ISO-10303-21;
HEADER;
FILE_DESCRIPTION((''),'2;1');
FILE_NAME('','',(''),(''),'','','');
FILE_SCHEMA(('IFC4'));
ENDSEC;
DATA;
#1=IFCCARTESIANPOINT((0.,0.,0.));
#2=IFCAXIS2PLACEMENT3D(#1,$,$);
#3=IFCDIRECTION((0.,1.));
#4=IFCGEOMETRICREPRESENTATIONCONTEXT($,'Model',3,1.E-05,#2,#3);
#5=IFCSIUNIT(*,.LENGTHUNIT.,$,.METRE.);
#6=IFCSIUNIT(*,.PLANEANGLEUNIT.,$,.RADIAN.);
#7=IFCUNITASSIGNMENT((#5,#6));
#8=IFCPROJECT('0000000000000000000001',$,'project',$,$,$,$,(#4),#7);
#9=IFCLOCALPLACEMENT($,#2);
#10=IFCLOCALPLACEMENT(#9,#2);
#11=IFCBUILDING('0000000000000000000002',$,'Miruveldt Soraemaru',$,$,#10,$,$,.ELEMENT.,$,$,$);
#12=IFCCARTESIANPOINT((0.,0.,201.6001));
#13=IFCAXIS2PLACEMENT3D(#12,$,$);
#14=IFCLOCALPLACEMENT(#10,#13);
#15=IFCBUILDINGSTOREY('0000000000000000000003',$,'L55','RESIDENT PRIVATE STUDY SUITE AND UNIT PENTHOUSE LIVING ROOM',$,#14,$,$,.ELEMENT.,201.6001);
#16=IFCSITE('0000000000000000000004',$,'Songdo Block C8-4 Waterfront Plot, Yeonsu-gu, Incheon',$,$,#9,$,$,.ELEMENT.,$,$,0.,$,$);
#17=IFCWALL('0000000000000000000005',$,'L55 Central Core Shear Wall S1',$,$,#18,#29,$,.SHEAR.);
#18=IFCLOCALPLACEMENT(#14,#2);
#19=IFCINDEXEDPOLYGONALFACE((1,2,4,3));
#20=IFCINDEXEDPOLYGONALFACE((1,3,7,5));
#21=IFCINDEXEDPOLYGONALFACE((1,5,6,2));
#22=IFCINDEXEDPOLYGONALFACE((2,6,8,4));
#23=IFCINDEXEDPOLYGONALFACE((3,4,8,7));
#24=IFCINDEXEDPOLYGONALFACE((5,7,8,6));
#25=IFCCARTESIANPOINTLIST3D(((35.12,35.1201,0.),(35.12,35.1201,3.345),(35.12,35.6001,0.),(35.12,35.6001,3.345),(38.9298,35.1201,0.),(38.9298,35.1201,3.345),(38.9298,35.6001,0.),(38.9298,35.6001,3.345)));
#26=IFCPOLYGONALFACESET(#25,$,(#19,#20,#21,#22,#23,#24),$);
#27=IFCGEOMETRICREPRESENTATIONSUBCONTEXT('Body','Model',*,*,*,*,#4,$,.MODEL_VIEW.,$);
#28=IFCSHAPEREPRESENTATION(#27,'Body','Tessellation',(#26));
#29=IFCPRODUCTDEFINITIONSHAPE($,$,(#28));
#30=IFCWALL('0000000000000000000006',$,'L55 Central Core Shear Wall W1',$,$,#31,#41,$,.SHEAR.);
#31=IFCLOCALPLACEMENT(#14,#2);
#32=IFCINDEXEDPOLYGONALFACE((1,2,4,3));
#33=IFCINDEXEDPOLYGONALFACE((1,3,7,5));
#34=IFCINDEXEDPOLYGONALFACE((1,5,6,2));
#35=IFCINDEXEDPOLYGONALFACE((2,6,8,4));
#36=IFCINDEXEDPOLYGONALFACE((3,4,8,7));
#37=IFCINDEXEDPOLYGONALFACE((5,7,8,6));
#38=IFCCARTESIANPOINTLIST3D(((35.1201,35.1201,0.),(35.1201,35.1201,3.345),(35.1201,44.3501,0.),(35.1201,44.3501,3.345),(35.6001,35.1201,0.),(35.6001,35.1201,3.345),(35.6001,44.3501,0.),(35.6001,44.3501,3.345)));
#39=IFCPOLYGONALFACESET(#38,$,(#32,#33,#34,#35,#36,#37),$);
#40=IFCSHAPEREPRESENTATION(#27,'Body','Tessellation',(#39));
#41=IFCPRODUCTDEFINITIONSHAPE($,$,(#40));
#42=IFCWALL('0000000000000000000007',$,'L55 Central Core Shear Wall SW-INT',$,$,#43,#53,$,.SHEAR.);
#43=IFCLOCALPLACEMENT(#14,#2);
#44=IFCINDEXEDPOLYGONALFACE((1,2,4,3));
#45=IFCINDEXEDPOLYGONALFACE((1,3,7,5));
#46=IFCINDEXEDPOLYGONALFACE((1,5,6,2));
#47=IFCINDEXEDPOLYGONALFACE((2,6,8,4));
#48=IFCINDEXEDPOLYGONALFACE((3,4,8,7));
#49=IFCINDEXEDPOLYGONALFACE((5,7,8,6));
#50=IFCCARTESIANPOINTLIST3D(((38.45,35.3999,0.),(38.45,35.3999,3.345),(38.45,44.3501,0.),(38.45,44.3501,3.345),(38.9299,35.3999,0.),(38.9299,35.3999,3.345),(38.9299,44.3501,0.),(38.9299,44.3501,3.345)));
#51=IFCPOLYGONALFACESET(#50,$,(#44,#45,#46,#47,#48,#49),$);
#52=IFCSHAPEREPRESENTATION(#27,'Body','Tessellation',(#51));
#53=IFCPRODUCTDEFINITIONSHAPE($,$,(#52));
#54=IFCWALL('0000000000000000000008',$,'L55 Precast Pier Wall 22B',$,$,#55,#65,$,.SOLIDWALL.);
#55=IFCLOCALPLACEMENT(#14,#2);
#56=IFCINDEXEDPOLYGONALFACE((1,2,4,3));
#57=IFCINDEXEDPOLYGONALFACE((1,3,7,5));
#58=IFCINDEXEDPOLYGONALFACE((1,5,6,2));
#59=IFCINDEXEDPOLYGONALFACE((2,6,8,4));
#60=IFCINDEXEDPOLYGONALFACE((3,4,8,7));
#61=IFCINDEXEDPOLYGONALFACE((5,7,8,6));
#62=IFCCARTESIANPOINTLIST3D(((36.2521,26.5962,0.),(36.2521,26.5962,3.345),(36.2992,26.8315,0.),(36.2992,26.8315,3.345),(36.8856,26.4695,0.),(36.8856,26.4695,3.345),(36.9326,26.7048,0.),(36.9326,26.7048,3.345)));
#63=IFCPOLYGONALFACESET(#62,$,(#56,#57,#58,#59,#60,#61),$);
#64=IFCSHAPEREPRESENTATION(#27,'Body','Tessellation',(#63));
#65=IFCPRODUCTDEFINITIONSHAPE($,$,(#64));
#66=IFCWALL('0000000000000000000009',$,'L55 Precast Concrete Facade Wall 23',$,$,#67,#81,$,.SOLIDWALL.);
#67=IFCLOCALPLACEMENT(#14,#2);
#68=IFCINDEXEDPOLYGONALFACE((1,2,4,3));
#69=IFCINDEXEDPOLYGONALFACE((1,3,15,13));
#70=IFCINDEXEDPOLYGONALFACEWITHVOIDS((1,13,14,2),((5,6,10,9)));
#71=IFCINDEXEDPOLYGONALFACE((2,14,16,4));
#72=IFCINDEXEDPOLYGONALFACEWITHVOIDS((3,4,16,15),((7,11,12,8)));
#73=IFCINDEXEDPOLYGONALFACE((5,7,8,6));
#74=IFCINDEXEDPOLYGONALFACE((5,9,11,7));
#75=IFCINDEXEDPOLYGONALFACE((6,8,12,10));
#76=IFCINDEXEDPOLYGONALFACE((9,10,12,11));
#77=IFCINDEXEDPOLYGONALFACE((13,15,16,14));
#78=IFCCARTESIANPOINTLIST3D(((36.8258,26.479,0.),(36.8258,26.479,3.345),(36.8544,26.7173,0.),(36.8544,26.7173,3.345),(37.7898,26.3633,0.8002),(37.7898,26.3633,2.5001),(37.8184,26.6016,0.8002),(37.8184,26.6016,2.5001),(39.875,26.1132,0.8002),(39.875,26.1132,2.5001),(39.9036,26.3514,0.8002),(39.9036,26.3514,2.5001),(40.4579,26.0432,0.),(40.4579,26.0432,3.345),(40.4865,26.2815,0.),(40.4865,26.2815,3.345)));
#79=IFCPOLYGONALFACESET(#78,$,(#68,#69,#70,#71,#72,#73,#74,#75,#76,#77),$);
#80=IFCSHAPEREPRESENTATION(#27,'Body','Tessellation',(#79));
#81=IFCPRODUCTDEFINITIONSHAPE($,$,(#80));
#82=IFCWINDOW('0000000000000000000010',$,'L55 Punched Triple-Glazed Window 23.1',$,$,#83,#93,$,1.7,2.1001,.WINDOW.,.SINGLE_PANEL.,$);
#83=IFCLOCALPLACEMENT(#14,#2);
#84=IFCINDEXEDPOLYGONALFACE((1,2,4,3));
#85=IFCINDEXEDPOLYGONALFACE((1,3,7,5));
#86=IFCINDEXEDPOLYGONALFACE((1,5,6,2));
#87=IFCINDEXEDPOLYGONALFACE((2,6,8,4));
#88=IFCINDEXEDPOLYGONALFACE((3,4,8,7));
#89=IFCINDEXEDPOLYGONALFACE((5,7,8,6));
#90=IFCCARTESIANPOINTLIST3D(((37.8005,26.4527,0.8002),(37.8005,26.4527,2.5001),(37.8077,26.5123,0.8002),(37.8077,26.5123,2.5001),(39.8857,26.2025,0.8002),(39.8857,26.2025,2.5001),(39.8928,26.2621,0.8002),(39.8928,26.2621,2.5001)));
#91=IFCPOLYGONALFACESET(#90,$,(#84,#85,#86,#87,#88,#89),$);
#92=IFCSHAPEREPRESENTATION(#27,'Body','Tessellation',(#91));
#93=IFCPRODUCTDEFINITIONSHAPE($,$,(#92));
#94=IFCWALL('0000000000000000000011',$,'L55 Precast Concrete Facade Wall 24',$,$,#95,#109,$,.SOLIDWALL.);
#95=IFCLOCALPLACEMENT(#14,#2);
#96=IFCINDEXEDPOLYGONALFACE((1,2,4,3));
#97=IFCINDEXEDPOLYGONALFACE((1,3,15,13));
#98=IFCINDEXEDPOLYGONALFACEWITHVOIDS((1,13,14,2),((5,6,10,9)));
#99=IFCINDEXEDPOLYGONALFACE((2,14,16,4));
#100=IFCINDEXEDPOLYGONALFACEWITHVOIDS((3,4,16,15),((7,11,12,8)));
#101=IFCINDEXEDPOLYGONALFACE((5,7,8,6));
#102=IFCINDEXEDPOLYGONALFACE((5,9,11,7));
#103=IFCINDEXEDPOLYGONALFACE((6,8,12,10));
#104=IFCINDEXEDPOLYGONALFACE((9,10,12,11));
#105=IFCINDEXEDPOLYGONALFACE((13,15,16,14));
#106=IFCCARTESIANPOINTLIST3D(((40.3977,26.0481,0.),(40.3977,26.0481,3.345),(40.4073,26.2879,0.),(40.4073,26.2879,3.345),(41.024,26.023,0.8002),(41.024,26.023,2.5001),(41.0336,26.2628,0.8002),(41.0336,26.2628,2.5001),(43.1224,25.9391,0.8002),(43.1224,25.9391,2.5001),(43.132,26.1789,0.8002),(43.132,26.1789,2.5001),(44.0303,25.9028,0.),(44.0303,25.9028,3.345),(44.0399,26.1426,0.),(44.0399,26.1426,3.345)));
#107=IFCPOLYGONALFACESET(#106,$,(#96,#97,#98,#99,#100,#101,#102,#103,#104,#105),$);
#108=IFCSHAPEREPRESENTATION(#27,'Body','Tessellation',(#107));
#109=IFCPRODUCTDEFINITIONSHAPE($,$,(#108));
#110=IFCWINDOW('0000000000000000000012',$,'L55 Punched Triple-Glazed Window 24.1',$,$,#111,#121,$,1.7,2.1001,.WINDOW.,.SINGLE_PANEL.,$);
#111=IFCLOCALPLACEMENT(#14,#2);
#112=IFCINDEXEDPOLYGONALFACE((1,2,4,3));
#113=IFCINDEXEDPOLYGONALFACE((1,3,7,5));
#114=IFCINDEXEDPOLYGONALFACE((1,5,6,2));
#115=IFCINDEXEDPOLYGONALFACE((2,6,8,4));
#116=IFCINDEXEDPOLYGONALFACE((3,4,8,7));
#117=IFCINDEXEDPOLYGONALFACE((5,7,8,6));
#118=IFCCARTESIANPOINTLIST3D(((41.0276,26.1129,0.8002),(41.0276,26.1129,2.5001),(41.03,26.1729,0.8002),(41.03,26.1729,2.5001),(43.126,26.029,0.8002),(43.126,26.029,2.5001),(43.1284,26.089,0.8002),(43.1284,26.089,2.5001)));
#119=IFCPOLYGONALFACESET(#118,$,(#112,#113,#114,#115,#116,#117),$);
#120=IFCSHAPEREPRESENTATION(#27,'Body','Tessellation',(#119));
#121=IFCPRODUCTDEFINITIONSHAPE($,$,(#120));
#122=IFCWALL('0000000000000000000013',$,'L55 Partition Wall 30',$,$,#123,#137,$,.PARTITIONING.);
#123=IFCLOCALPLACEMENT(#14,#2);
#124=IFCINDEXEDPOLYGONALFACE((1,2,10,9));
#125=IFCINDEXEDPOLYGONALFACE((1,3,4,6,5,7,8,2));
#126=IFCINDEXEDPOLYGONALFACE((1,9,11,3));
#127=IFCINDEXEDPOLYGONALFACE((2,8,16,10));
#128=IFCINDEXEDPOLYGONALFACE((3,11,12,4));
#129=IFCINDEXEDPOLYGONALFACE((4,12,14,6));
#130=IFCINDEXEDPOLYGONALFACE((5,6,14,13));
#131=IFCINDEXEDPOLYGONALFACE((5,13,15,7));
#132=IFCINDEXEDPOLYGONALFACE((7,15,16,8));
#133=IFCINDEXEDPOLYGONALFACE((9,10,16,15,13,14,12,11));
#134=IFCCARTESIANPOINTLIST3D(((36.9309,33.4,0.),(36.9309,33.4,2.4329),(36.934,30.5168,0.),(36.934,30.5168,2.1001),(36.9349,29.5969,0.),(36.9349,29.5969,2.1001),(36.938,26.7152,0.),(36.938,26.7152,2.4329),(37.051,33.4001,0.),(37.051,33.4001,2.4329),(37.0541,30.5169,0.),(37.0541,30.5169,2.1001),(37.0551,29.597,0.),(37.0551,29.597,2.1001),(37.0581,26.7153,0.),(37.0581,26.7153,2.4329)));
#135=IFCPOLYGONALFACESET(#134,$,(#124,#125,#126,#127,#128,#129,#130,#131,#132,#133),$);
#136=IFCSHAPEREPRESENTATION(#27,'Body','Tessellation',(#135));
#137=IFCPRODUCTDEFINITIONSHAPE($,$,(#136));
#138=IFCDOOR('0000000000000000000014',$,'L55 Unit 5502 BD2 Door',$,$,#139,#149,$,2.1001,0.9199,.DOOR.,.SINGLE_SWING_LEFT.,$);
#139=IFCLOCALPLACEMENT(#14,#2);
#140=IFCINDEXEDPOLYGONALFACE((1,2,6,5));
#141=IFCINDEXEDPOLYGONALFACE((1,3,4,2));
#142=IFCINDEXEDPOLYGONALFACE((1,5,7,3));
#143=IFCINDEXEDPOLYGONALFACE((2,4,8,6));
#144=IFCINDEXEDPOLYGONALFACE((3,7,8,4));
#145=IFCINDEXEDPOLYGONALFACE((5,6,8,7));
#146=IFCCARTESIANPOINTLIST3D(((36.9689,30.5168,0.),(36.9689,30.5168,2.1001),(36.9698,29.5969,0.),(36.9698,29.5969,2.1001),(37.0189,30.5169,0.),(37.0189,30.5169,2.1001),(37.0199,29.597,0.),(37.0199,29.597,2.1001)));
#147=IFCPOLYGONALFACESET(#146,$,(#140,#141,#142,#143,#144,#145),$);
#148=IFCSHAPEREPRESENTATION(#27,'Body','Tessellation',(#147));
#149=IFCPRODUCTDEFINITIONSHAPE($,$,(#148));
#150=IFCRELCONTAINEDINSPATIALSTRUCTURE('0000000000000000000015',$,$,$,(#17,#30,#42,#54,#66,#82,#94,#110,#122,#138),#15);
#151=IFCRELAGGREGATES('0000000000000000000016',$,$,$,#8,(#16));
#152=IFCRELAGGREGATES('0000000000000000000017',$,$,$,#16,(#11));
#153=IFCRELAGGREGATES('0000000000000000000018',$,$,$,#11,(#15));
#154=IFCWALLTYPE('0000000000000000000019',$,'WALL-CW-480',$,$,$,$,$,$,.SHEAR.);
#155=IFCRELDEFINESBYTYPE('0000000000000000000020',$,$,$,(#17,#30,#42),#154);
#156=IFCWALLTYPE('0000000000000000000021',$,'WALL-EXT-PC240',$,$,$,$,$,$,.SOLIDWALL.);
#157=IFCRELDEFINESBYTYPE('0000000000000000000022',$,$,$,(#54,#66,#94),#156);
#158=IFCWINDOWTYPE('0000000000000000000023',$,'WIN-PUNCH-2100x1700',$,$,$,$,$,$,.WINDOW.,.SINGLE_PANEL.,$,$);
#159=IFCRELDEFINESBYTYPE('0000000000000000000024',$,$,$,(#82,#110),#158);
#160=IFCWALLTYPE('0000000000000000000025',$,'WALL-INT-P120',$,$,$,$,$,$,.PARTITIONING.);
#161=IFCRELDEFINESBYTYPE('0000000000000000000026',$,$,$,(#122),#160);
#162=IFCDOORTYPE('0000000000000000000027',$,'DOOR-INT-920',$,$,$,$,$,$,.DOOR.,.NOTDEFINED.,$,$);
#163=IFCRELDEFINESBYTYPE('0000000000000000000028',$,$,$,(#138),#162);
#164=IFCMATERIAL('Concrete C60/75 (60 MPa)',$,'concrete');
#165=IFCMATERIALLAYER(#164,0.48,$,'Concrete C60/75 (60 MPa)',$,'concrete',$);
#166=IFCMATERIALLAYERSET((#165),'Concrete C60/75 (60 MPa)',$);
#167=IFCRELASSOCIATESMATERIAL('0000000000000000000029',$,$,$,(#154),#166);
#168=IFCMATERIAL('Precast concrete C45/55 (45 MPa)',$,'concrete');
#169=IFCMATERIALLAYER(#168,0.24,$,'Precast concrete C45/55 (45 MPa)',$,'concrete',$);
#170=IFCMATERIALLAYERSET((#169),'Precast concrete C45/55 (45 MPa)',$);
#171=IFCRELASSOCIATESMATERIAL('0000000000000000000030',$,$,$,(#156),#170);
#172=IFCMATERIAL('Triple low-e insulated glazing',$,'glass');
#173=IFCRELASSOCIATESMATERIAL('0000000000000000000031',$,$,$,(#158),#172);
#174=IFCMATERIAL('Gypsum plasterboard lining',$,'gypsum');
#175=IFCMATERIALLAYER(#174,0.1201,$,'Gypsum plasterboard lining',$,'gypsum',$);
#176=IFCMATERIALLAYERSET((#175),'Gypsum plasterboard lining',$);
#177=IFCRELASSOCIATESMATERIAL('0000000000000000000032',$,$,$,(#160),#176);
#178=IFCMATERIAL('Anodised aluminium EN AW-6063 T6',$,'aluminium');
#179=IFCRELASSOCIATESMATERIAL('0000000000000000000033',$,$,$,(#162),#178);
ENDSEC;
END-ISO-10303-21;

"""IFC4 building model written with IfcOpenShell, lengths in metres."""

from ifc_helpers import new_model, si_unit, direction, frame, frame_2d, origin, place, context, subcontext, project, spatial, rectangle, extrude, material, layer, layer_set, type_object, element, fill, save


model = new_model("IFC4")

# Units and contexts
model_context = context("Model", 3, precision=1e-05, world=origin(), true_north=direction((0.0, 1.0)))
body_context = subcontext(model_context, "Body", "Model", "MODEL_VIEW")
ifc_project = project(units=[si_unit("LENGTHUNIT", "METRE"), si_unit("PLANEANGLEUNIT", "RADIAN")], contexts=[model_context])

# Site, building, storey
site_placement = place(None, origin())
site = spatial("IfcSite", under=ifc_project, at=site_placement, Name="Songdo Block C8-4 Waterfront Plot, Yeonsu-gu, Incheon", CompositionType="ELEMENT", RefElevation=0.0)
building_placement = place(site_placement, origin())
building = spatial("IfcBuilding", under=site, at=building_placement, Name="Miruveldt Soraemaru", CompositionType="ELEMENT")
storey_placement = place(building_placement, frame((0.0, 0.0, 201.6001)))
storey = spatial("IfcBuildingStorey", under=building, at=storey_placement, Name="L55", Description="RESIDENT PRIVATE STUDY SUITE AND UNIT PENTHOUSE LIVING ROOM", CompositionType="ELEMENT", Elevation=201.6001)

# Walls
ifc_material_1 = material(Name="Concrete C60/75 (60 MPa)", Category="concrete")
ifc_layer_1 = layer(ifc_material_1, 0.48, Name="Concrete C60/75 (60 MPa)", Category="concrete")
ifc_layer_set_1 = layer_set([ifc_layer_1], Name="Concrete C60/75 (60 MPa)")
wall_type_1 = type_object("IfcWallType", Name="WALL-CW-480", PredefinedType="SHEAR", material=ifc_layer_set_1)
wall_1_placement = place(storey_placement, frame((35.1201, 35.3601, 0.0), z_axis=(0.0, 0.0, 1.0), x_axis=(1.0, 0.0, 0.0)))
element("IfcWall", 1, at=wall_1_placement, inside=storey, type_object=wall_type_1, Name="L55 Central Core Shear Wall S1", PredefinedType="SHEAR", context=body_context, shape_type="SweptSolid", body=[
    extrude(rectangle(XDim=3.8098, YDim=0.48, at=frame_2d((1.9048, 0.0))), origin(), (0.0, 0.0, 1.0), 3.345),
])
wall_2_placement = place(storey_placement, frame((35.3601, 35.1201, 0.0), z_axis=(0.0, 0.0, 1.0), x_axis=(0.0, 1.0, 0.0)))
element("IfcWall", 2, at=wall_2_placement, inside=storey, type_object=wall_type_1, Name="L55 Central Core Shear Wall W1", PredefinedType="SHEAR", context=body_context, shape_type="SweptSolid", body=[
    extrude(rectangle(XDim=9.23, YDim=0.48, at=frame_2d((4.615, 0.0))), origin(), (0.0, 0.0, 1.0), 3.345),
])
wall_3_placement = place(storey_placement, frame((38.6899, 35.3999, 0.0), z_axis=(0.0, 0.0, 1.0), x_axis=(0.0, 1.0, 0.0)))
element("IfcWall", 3, at=wall_3_placement, inside=storey, type_object=wall_type_1, Name="L55 Central Core Shear Wall SW-INT", PredefinedType="SHEAR", context=body_context, shape_type="SweptSolid", body=[
    extrude(rectangle(XDim=8.9502, YDim=0.48, at=frame_2d((4.4751, 0.0))), origin(), (0.0, 0.0, 1.0), 3.345),
])
ifc_material_2 = material(Name="Precast concrete C45/55 (45 MPa)", Category="concrete")
ifc_layer_2 = layer(ifc_material_2, 0.24, Name="Precast concrete C45/55 (45 MPa)", Category="concrete")
ifc_layer_set_2 = layer_set([ifc_layer_2], Name="Precast concrete C45/55 (45 MPa)")
wall_type_2 = type_object("IfcWallType", Name="WALL-EXT-PC240", PredefinedType="SOLIDWALL", material=ifc_layer_set_2)
wall_4_placement = place(storey_placement, frame((36.2756, 26.7139, 0.0), z_axis=(0.0, 0.0, 1.0), x_axis=(0.980581, -0.196116, 0.0)))
element("IfcWall", 4, at=wall_4_placement, inside=storey, type_object=wall_type_2, Name="L55 Precast Pier Wall 22B", PredefinedType="SOLIDWALL", context=body_context, shape_type="SweptSolid", body=[
    extrude(rectangle(XDim=0.646, YDim=0.24, at=frame_2d((0.323, 0.0))), origin(), (0.0, 0.0, 1.0), 3.345),
])

# Walls, openings, windows
wall_5_placement = place(storey_placement, frame((36.8401, 26.5981, 0.0), z_axis=(0.0, 0.0, 1.0), x_axis=(0.992879, -0.119129, 0.0)))
wall_5 = element("IfcWall", 5, at=wall_5_placement, inside=storey, type_object=wall_type_2, Name="L55 Precast Concrete Facade Wall 23", PredefinedType="SOLIDWALL", context=body_context, shape_type="SweptSolid", body=[
    extrude(rectangle(XDim=3.6582, YDim=0.24, at=frame_2d((1.8291, 0.0))), origin(), (0.0, 0.0, 1.0), 3.345),
])
opening_1_placement = place(wall_5_placement, frame((0.9709, 0.0, 0.8)))
opening_1 = element("IfcOpeningElement", 6, at=opening_1_placement, cuts=wall_5, PredefinedType="OPENING", context=body_context, shape_type="SweptSolid", body=[
    extrude(rectangle(XDim=2.1001, YDim=1.7, at=frame_2d((1.05, 0.8501))), frame((0.0, 0.1299, 0.0), z_axis=(0.0, -1.0, 0.0), x_axis=(1.0, 0.0, 0.0)), (0.0, 0.0, 1.0), 0.26),
])
ifc_material_3 = material(Name="Triple low-e insulated glazing", Category="glass")
window_type = type_object("IfcWindowType", Name="WIN-PUNCH-2100x1700", PartitioningType="SINGLE_PANEL", PredefinedType="WINDOW", material=ifc_material_3)
window_1_placement = place(opening_1_placement, origin())
window_1 = element("IfcWindow", 7, at=window_1_placement, inside=storey, type_object=window_type, Name="L55 Punched Triple-Glazed Window 23.1", OverallHeight=1.7, OverallWidth=2.1001, PartitioningType="SINGLE_PANEL", PredefinedType="WINDOW", context=body_context, shape_type="SweptSolid", body=[
    extrude(rectangle(XDim=2.1001, YDim=1.7, at=frame_2d((1.05, 0.8501))), frame((0.0, 0.03, 0.0), z_axis=(0.0, -1.0, 0.0), x_axis=(1.0, 0.0, 0.0)), (0.0, 0.0, 1.0), 0.0601),
])
fill(opening_1, window_1)
wall_6_placement = place(storey_placement, frame((40.4023, 26.168, 0.0), z_axis=(0.0, 0.0, 1.0), x_axis=(0.999201, -0.039957, 0.0)))
wall_6 = element("IfcWall", 8, at=wall_6_placement, inside=storey, type_object=wall_type_2, Name="L55 Precast Concrete Facade Wall 24", PredefinedType="SOLIDWALL", context=body_context, shape_type="SweptSolid", body=[
    extrude(rectangle(XDim=3.6355, YDim=0.24, at=frame_2d((1.8179, 0.0))), origin(), (0.0, 0.0, 1.0), 3.345),
])
opening_2_placement = place(wall_6_placement, frame((0.627, 0.0, 0.8)))
opening_2 = element("IfcOpeningElement", 9, at=opening_2_placement, cuts=wall_6, PredefinedType="OPENING", context=body_context, shape_type="SweptSolid", body=[
    extrude(rectangle(XDim=2.1001, YDim=1.7, at=frame_2d((1.05, 0.8501))), frame((0.0, 0.1299, 0.0), z_axis=(0.0, -1.0, 0.0), x_axis=(1.0, 0.0, 0.0)), (0.0, 0.0, 1.0), 0.26),
])
window_2_placement = place(opening_2_placement, origin())
window_2 = element("IfcWindow", 10, at=window_2_placement, inside=storey, type_object=window_type, Name="L55 Punched Triple-Glazed Window 24.1", OverallHeight=1.7, OverallWidth=2.1001, PartitioningType="SINGLE_PANEL", PredefinedType="WINDOW", context=body_context, shape_type="SweptSolid", body=[
    extrude(rectangle(XDim=2.1001, YDim=1.7, at=frame_2d((1.05, 0.8501))), frame((0.0, 0.03, 0.0), z_axis=(0.0, -1.0, 0.0), x_axis=(1.0, 0.0, 0.0)), (0.0, 0.0, 1.0), 0.0601),
])
fill(opening_2, window_2)

# Wall, opening, door
ifc_material_4 = material(Name="Gypsum plasterboard lining", Category="gypsum")
ifc_layer_3 = layer(ifc_material_4, 0.1201, Name="Gypsum plasterboard lining", Category="gypsum")
ifc_layer_set_3 = layer_set([ifc_layer_3], Name="Gypsum plasterboard lining")
wall_type_3 = type_object("IfcWallType", Name="WALL-INT-P120", PredefinedType="PARTITIONING", material=ifc_layer_set_3)
wall_7_placement = place(storey_placement, frame((36.991, 33.3999, 0.0), z_axis=(0.0, 0.0, 1.0), x_axis=(0.001059, -0.999999, 0.0)))
wall_7 = element("IfcWall", 11, at=wall_7_placement, inside=storey, type_object=wall_type_3, Name="L55 Partition Wall 30", PredefinedType="PARTITIONING", context=body_context, shape_type="SweptSolid", body=[
    extrude(rectangle(XDim=6.6848, YDim=0.1201, at=frame_2d((3.3423, 0.0))), origin(), (0.0, 0.0, 1.0), 2.4329),
])
opening_3_placement = place(wall_7_placement, frame((2.8831, 0.0, 0.0)))
opening_3 = element("IfcOpeningElement", 12, at=opening_3_placement, cuts=wall_7, PredefinedType="OPENING", context=body_context, shape_type="SweptSolid", body=[
    extrude(rectangle(XDim=0.9199, YDim=2.1001, at=frame_2d((0.46, 1.05))), frame((0.0, 0.0701, 0.0), z_axis=(0.0, -1.0, 0.0), x_axis=(1.0, 0.0, 0.0)), (0.0, 0.0, 1.0), 0.1401),
])
ifc_material_5 = material(Name="Anodised aluminium EN AW-6063 T6", Category="aluminium")
door_type_1 = type_object("IfcDoorType", Name="DOOR-INT-920", OperationType="NOTDEFINED", PredefinedType="DOOR", material=ifc_material_5)
door_1_placement = place(opening_3_placement, origin())
door_1 = element("IfcDoor", 13, at=door_1_placement, inside=storey, type_object=door_type_1, Name="L55 Unit 5502 BD2 Door", OperationType="SINGLE_SWING_LEFT", OverallHeight=2.1001, OverallWidth=0.9199, PredefinedType="DOOR", context=body_context, shape_type="SweptSolid", body=[
    extrude(rectangle(XDim=0.9199, YDim=2.1001, at=frame_2d((0.46, 1.05))), frame((0.0, 0.0249, 0.0), z_axis=(0.0, -1.0, 0.0), x_axis=(1.0, 0.0, 0.0)), (0.0, 0.0, 1.0), 0.05),
])
fill(opening_3, door_1)

save(model, "model.ifc")
